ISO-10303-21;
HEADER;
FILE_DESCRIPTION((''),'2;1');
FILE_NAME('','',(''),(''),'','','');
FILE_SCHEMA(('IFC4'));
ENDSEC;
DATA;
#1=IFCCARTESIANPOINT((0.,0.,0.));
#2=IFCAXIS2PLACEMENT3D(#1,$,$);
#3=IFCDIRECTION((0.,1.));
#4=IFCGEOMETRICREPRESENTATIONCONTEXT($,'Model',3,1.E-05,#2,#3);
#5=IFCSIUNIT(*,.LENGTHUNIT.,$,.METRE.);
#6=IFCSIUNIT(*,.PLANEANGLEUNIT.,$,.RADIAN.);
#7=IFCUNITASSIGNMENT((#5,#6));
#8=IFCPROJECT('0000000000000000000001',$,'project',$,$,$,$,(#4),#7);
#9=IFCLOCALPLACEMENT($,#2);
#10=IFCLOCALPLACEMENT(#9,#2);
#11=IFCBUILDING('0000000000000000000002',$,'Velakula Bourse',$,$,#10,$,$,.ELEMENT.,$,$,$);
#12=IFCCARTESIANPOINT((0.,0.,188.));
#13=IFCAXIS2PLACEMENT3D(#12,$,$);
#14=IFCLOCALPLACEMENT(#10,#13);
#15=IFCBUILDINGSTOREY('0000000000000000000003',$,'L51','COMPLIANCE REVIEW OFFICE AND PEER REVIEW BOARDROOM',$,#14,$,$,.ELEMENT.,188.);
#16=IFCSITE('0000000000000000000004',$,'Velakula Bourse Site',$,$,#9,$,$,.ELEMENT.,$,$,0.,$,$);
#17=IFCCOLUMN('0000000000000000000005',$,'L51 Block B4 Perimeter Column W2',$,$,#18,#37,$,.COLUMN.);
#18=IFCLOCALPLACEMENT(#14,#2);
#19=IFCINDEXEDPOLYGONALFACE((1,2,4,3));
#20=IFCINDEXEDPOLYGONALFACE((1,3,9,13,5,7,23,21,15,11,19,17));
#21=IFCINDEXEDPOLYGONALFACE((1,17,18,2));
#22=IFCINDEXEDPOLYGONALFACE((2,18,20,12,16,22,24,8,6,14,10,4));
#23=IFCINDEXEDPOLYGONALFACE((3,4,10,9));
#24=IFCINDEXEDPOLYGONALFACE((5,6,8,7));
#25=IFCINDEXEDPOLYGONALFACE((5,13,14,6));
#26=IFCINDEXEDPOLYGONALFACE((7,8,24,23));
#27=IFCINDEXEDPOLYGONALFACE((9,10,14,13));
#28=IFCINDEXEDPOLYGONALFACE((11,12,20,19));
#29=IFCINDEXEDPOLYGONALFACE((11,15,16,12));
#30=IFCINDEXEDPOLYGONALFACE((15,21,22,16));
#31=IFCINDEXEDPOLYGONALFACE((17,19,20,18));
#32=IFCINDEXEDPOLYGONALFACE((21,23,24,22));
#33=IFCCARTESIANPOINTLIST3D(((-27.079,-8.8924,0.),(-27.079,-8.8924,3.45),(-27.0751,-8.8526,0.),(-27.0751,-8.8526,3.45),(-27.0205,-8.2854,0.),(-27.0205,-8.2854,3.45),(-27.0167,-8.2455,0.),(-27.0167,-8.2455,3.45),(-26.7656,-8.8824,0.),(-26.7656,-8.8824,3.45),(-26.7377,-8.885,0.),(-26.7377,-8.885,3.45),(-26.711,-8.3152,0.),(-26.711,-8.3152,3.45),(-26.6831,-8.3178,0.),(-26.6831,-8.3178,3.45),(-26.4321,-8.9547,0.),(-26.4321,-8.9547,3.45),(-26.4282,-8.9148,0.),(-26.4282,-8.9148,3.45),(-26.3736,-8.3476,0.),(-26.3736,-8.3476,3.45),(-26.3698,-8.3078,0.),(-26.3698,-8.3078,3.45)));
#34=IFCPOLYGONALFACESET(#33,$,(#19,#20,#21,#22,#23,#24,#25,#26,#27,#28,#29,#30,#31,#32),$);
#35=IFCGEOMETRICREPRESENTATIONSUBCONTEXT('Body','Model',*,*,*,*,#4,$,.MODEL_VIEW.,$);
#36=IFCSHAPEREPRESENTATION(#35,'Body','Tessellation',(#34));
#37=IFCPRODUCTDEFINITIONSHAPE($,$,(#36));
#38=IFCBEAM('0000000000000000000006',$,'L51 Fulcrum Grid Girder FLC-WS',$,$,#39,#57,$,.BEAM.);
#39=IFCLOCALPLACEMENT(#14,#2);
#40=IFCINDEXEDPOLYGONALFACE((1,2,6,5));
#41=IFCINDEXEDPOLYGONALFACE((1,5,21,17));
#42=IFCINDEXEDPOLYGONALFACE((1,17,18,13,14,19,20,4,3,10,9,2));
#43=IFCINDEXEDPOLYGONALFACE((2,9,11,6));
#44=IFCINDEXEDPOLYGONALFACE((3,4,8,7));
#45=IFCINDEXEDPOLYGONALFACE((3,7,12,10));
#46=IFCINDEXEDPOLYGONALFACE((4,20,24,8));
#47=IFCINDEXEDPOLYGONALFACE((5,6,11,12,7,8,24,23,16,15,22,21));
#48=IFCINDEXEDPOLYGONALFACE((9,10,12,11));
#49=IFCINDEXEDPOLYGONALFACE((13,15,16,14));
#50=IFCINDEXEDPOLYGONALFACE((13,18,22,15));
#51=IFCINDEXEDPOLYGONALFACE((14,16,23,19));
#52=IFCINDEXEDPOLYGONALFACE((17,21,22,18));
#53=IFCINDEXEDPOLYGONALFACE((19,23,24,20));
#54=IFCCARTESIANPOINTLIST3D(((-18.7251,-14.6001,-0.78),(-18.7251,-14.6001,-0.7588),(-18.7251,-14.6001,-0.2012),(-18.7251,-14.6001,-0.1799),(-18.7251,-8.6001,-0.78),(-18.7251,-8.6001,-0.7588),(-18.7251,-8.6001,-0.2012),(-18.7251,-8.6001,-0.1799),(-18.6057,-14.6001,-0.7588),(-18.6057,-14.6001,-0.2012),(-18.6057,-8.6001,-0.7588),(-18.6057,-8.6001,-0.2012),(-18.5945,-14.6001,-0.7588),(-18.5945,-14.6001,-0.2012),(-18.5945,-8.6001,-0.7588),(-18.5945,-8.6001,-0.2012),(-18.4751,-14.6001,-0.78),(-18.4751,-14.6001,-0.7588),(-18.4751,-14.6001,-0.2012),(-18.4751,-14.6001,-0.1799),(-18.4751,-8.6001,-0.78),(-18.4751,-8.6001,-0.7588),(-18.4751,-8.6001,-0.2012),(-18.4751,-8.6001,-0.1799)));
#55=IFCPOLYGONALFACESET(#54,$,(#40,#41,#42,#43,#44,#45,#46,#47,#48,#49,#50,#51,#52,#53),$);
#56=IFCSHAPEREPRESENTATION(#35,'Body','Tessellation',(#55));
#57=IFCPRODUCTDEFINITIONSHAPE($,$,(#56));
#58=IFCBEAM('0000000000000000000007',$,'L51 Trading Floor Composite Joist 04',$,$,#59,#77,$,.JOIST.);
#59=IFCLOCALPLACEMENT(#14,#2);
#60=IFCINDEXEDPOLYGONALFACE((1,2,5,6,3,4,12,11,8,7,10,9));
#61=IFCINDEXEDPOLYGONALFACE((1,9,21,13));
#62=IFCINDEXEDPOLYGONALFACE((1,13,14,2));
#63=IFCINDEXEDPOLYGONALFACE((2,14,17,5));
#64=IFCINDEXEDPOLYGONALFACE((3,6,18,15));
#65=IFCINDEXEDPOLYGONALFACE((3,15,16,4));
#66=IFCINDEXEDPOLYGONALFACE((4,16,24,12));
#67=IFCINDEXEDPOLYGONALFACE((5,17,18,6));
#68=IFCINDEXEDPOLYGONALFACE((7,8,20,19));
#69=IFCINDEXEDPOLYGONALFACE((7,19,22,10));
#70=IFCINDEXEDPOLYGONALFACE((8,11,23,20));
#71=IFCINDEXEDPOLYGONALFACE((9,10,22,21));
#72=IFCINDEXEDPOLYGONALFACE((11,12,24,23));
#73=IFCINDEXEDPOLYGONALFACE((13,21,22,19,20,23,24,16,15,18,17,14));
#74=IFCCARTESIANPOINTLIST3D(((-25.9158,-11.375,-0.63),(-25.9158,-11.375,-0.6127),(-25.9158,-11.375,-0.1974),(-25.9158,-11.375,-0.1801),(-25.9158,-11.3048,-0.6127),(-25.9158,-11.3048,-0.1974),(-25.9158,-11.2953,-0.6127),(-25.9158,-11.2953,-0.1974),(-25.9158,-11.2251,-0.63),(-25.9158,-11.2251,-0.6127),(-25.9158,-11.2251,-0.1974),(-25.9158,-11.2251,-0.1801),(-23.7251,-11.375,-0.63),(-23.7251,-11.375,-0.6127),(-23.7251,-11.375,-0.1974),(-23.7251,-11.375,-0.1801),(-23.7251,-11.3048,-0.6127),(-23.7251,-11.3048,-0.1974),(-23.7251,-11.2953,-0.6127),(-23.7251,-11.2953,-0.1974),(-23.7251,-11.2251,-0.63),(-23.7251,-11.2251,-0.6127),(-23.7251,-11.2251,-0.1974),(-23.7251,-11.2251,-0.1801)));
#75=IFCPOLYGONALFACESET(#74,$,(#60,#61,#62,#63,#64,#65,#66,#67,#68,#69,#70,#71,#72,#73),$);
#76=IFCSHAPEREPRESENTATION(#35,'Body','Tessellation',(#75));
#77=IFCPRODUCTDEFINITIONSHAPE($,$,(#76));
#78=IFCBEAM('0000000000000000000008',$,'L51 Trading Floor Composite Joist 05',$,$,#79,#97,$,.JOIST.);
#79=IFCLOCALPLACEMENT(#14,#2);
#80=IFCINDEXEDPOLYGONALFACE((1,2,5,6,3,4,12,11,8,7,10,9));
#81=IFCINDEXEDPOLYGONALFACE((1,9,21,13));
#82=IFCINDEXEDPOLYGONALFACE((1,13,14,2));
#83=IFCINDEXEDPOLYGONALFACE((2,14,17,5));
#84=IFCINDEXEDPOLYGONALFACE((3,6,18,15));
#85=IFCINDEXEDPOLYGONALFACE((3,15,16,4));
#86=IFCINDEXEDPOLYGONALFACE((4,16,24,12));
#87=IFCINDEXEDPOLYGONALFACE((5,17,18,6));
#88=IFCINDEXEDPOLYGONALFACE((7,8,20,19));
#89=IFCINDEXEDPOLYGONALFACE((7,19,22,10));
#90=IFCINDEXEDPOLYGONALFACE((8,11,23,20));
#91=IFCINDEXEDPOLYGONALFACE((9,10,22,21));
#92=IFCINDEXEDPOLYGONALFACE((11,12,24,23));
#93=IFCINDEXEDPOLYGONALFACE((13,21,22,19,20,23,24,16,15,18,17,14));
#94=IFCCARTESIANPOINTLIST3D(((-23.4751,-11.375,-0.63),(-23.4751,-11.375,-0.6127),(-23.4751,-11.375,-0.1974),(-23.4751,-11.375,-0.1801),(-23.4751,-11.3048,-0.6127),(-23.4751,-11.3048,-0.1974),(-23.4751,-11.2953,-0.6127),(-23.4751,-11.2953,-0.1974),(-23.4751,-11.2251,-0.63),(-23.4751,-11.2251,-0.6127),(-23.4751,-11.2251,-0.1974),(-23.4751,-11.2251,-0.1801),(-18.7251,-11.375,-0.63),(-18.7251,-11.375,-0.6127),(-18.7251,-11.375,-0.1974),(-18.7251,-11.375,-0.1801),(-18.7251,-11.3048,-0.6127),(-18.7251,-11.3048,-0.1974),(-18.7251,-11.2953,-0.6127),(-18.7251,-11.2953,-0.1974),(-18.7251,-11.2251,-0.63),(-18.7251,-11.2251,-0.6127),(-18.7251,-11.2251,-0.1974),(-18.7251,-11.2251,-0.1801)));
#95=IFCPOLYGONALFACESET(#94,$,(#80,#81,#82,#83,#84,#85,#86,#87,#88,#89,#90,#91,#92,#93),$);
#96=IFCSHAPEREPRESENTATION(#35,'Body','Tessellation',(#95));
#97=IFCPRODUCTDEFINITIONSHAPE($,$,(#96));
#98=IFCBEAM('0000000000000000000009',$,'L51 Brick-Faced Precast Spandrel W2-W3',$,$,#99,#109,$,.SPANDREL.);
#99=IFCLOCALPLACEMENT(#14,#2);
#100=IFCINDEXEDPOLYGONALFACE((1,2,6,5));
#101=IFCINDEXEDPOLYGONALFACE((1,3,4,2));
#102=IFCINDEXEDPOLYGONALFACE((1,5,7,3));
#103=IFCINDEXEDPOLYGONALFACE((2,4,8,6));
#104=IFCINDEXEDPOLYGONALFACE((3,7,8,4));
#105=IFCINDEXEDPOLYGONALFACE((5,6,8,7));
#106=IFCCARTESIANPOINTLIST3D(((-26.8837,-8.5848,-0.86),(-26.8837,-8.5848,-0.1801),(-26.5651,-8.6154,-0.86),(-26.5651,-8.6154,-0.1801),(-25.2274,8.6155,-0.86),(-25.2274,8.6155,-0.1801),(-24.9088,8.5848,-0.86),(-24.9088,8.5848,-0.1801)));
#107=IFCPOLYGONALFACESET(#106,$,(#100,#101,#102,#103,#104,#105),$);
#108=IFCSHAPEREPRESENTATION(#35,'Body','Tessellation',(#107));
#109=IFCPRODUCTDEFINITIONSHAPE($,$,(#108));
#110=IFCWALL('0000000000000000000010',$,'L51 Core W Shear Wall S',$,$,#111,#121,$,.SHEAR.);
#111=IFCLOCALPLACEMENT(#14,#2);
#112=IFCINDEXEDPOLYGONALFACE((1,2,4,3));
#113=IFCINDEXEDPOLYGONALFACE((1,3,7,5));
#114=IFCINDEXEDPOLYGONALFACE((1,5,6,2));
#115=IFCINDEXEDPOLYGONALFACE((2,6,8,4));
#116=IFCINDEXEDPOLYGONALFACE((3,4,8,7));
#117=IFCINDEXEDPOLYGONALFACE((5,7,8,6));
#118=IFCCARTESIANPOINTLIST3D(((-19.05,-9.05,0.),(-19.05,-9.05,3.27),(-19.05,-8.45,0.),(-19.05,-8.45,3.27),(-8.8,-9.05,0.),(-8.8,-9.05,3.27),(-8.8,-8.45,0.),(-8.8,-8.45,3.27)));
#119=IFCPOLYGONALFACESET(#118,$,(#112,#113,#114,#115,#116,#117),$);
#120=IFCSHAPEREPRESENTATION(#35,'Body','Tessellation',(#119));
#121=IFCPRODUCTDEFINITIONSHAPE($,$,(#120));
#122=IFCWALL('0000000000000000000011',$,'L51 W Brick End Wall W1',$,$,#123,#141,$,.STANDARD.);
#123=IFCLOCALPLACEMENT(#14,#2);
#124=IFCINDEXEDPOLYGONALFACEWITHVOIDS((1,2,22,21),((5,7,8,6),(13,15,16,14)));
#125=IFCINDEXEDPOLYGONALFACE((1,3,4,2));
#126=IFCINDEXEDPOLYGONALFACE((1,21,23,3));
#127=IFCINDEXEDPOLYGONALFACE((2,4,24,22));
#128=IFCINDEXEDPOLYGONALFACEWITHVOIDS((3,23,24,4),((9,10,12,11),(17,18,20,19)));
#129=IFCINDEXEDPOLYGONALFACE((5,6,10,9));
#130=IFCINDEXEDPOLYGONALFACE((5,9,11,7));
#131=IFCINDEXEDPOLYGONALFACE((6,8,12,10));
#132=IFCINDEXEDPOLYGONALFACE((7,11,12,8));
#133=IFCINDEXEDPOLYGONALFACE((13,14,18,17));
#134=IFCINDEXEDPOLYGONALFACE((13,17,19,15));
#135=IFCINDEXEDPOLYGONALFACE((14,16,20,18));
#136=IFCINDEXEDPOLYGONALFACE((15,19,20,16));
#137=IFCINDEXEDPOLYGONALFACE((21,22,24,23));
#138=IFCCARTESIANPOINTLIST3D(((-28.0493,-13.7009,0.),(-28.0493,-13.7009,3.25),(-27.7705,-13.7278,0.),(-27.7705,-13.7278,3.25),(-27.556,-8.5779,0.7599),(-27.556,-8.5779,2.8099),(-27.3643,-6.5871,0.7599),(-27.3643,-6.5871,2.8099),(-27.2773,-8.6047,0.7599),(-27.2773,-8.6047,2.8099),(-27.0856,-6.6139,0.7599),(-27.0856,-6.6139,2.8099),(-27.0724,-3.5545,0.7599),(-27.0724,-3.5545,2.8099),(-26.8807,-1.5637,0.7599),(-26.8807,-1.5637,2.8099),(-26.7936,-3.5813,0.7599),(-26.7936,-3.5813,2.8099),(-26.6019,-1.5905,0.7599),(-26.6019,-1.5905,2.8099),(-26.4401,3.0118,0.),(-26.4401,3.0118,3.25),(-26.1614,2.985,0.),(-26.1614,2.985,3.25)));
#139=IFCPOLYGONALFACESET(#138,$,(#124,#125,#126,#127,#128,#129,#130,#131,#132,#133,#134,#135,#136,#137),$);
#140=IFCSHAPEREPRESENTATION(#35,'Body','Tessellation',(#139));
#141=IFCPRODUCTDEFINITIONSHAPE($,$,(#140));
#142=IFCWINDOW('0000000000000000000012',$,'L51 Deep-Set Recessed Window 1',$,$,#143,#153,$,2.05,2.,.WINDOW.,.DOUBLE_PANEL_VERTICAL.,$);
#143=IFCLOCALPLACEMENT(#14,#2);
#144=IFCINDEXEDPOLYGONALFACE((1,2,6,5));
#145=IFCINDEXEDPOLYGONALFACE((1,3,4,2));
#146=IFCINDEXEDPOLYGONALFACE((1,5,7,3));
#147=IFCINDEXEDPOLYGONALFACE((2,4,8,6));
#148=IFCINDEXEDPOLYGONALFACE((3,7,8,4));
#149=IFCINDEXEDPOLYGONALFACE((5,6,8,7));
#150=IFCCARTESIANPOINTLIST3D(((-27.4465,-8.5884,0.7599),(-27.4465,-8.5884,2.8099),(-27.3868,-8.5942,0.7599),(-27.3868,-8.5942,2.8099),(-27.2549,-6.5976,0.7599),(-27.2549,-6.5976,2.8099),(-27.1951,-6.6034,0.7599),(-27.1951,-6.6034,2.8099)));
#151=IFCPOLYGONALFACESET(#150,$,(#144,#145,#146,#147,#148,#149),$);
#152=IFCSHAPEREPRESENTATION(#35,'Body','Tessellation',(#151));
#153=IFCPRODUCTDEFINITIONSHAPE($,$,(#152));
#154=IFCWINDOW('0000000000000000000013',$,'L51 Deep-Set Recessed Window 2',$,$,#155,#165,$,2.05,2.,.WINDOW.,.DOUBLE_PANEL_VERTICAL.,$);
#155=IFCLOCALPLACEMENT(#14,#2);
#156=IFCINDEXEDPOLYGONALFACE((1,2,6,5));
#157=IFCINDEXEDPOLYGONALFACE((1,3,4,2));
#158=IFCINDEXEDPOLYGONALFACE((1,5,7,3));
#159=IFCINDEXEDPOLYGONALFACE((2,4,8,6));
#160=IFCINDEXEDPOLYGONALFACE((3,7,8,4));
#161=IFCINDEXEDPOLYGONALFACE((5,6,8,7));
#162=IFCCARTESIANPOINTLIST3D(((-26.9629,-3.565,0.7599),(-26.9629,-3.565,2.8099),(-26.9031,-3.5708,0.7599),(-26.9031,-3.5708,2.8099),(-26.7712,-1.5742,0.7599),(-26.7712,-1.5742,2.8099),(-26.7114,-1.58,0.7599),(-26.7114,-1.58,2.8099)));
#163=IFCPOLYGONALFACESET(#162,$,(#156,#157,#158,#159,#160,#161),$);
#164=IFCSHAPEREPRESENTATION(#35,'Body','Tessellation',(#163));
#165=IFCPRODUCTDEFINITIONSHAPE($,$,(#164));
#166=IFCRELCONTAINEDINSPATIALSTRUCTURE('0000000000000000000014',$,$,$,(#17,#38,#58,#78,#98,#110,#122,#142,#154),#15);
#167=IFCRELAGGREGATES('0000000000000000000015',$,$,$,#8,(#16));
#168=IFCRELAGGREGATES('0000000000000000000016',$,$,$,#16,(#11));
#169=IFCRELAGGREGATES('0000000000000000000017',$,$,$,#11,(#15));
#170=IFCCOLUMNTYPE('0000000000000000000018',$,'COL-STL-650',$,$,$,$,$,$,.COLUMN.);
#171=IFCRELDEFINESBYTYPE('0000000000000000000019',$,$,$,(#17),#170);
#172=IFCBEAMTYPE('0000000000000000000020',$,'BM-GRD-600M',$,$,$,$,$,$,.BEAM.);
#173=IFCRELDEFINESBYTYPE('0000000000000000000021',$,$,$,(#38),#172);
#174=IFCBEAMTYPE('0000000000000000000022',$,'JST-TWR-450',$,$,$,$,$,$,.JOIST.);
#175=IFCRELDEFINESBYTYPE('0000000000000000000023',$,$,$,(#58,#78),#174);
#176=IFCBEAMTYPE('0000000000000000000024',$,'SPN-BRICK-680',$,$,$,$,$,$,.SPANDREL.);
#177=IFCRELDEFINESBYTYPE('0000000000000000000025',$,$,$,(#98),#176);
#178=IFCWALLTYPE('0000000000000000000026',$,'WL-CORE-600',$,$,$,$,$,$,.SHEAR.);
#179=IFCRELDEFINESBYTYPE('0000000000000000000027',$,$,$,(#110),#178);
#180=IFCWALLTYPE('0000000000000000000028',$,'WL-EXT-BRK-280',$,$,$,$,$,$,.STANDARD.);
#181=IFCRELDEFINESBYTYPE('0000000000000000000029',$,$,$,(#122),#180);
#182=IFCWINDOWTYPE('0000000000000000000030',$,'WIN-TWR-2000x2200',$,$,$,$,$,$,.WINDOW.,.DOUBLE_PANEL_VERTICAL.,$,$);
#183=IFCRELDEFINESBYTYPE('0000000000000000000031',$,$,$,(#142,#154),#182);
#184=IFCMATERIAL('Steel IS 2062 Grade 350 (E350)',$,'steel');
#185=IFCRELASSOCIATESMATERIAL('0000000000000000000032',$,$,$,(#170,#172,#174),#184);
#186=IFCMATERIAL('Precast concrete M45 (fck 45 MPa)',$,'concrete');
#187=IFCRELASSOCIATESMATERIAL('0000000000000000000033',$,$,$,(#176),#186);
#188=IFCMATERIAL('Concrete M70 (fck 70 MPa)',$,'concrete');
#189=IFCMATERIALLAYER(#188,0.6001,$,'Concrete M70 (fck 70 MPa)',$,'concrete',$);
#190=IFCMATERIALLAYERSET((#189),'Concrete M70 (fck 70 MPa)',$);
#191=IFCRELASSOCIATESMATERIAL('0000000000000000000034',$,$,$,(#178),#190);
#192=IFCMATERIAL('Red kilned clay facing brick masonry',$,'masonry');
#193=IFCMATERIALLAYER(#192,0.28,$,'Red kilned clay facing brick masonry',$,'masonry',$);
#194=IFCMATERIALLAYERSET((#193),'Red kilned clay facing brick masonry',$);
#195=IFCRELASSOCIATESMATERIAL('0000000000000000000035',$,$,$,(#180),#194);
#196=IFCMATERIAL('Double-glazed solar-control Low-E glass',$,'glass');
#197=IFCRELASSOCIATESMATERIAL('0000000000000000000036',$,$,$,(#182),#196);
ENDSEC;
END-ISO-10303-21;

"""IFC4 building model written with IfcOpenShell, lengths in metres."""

from ifc_helpers import new_model, si_unit, direction, frame, frame_2d, origin, origin_2d, place, context, subcontext, project, spatial, rectangle, i_section, extrude, material, layer, layer_set, material_profile, profile_set, type_object, element, fill, save


model = new_model("IFC4")

# Units and contexts
model_context = context("Model", 3, precision=1e-05, world=origin(), true_north=direction((0.0, 1.0)))
body_context = subcontext(model_context, "Body", "Model", "MODEL_VIEW")
ifc_project = project(units=[si_unit("LENGTHUNIT", "METRE"), si_unit("PLANEANGLEUNIT", "RADIAN")], contexts=[model_context])

# Site, building, storey
site_placement = place(None, origin())
site = spatial("IfcSite", under=ifc_project, at=site_placement, Name="Velakula Bourse Site", CompositionType="ELEMENT", RefElevation=0.0)
building_placement = place(site_placement, origin())
building = spatial("IfcBuilding", under=site, at=building_placement, Name="Velakula Bourse", CompositionType="ELEMENT")
storey_placement = place(building_placement, frame((0.0, 0.0, 188.0)))
storey = spatial("IfcBuildingStorey", under=building, at=storey_placement, Name="L51", Description="COMPLIANCE REVIEW OFFICE AND PEER REVIEW BOARDROOM", CompositionType="ELEMENT", Elevation=188.0)

# Column
ifc_material_1 = material(Name="Steel IS 2062 Grade 350 (E350)", Category="steel")
ifc_material_profile_1 = material_profile(ifc_material_1, i_section(OverallWidth=0.6499, OverallDepth=0.6499, WebThickness=0.0281, FlangeThickness=0.04, at=origin_2d()), Name="Steel IS 2062 Grade 350 (E350)")
ifc_profile_set_1 = profile_set([ifc_material_profile_1], Name="Steel IS 2062 Grade 350 (E350)")
column_type = type_object("IfcColumnType", Name="COL-STL-650", PredefinedType="COLUMN", material=ifc_profile_set_1)
column_placement = place(storey_placement, frame((-26.7244, -8.6001, 0.0), z_axis=(0.0, 0.0, 1.0), x_axis=(0.995396, -0.095846, 0.0)))
element("IfcColumn", 1, at=column_placement, inside=storey, type_object=column_type, Name="L51 Block B4 Perimeter Column W2", PredefinedType="COLUMN", context=body_context, shape_type="SweptSolid", body=[
    extrude(i_section(OverallWidth=0.6499, OverallDepth=0.6499, WebThickness=0.0281, FlangeThickness=0.04, at=origin_2d()), origin(), (0.0, 0.0, 1.0), 3.45),
])

# Beams
ifc_material_profile_2 = material_profile(ifc_material_1, i_section(OverallWidth=0.25, OverallDepth=0.6001, WebThickness=0.0112, FlangeThickness=0.0212, at=origin_2d()), Name="Steel IS 2062 Grade 350 (E350)")
ifc_profile_set_2 = profile_set([ifc_material_profile_2], Name="Steel IS 2062 Grade 350 (E350)")
beam_type_1 = type_object("IfcBeamType", Name="BM-GRD-600M", PredefinedType="BEAM", material=ifc_profile_set_2)
beam_1_placement = place(storey_placement, frame((-18.6001, -14.6001, -0.48), z_axis=(0.0, 1.0, 0.0), x_axis=(-1.0, 0.0, 0.0)))
element("IfcBeam", 2, at=beam_1_placement, inside=storey, type_object=beam_type_1, Name="L51 Fulcrum Grid Girder FLC-WS", PredefinedType="BEAM", context=body_context, shape_type="SweptSolid", body=[
    extrude(i_section(OverallWidth=0.25, OverallDepth=0.6001, WebThickness=0.0112, FlangeThickness=0.0212, at=origin_2d()), origin(), (0.0, 0.0, 1.0), 6.0),
])
ifc_material_profile_3 = material_profile(ifc_material_1, i_section(OverallWidth=0.1499, OverallDepth=0.45, WebThickness=0.0095, FlangeThickness=0.0173, at=origin_2d()), Name="Steel IS 2062 Grade 350 (E350)")
ifc_profile_set_3 = profile_set([ifc_material_profile_3], Name="Steel IS 2062 Grade 350 (E350)")
beam_type_2 = type_object("IfcBeamType", Name="JST-TWR-450", PredefinedType="JOIST", material=ifc_profile_set_3)
beam_2_placement = place(storey_placement, frame((-25.9158, -11.3, -0.405), z_axis=(1.0, 0.0, 0.0), x_axis=(0.0, 1.0, 0.0)))
element("IfcBeam", 3, at=beam_2_placement, inside=storey, type_object=beam_type_2, Name="L51 Trading Floor Composite Joist 04", PredefinedType="JOIST", context=body_context, shape_type="SweptSolid", body=[
    extrude(i_section(OverallWidth=0.1499, OverallDepth=0.45, WebThickness=0.0095, FlangeThickness=0.0173, at=origin_2d()), origin(), (0.0, 0.0, 1.0), 2.1907),
])
beam_3_placement = place(storey_placement, frame((-23.4751, -11.3, -0.405), z_axis=(1.0, 0.0, 0.0), x_axis=(0.0, 1.0, 0.0)))
element("IfcBeam", 4, at=beam_3_placement, inside=storey, type_object=beam_type_2, Name="L51 Trading Floor Composite Joist 05", PredefinedType="JOIST", context=body_context, shape_type="SweptSolid", body=[
    extrude(i_section(OverallWidth=0.1499, OverallDepth=0.45, WebThickness=0.0095, FlangeThickness=0.0173, at=origin_2d()), origin(), (0.0, 0.0, 1.0), 4.75),
])
ifc_material_2 = material(Name="Precast concrete M45 (fck 45 MPa)", Category="concrete")
ifc_material_profile_4 = material_profile(ifc_material_2, rectangle(XDim=0.3201, YDim=0.6799, at=origin_2d()), Name="Precast concrete M45 (fck 45 MPa)")
ifc_profile_set_4 = profile_set([ifc_material_profile_4], Name="Precast concrete M45 (fck 45 MPa)")
beam_type_3 = type_object("IfcBeamType", Name="SPN-BRICK-680", PredefinedType="SPANDREL", material=ifc_profile_set_4)
beam_4_placement = place(storey_placement, frame((-26.7244, -8.6001, -0.52), z_axis=(0.095849, 0.995396, 0.0), x_axis=(-0.995396, 0.095849, 0.0)))
element("IfcBeam", 5, at=beam_4_placement, inside=storey, type_object=beam_type_3, Name="L51 Brick-Faced Precast Spandrel W2-W3", PredefinedType="SPANDREL", context=body_context, shape_type="SweptSolid", body=[
    extrude(rectangle(XDim=0.3201, YDim=0.6799, at=origin_2d()), origin(), (0.0, 0.0, 1.0), 17.2798),
])

# Wall
ifc_material_3 = material(Name="Concrete M70 (fck 70 MPa)", Category="concrete")
ifc_layer_1 = layer(ifc_material_3, 0.6001, Name="Concrete M70 (fck 70 MPa)", Category="concrete")
ifc_layer_set_1 = layer_set([ifc_layer_1], Name="Concrete M70 (fck 70 MPa)")
wall_type_1 = type_object("IfcWallType", Name="WL-CORE-600", PredefinedType="SHEAR", material=ifc_layer_set_1)
wall_1_placement = place(storey_placement, frame((-19.05, -8.75, 0.0), z_axis=(0.0, 0.0, 1.0), x_axis=(1.0, 0.0, 0.0)))
element("IfcWall", 6, at=wall_1_placement, inside=storey, type_object=wall_type_1, Name="L51 Core W Shear Wall S", PredefinedType="SHEAR", context=body_context, shape_type="SweptSolid", body=[
    extrude(rectangle(XDim=10.25, YDim=0.6001, at=frame_2d((5.125, 0.0))), origin(), (0.0, 0.0, 1.0), 3.27),
])

# Wall, openings, windows
ifc_material_4 = material(Name="Red kilned clay facing brick masonry", Category="masonry")
ifc_layer_2 = layer(ifc_material_4, 0.28, Name="Red kilned clay facing brick masonry", Category="masonry")
ifc_layer_set_2 = layer_set([ifc_layer_2], Name="Red kilned clay facing brick masonry")
wall_type_2 = type_object("IfcWallType", Name="WL-EXT-BRK-280", PredefinedType="STANDARD", material=ifc_layer_set_2)
wall_2_placement = place(storey_placement, frame((-27.9099, -13.7144, 0.0), z_axis=(0.0, 0.0, 1.0), x_axis=(0.095839, 0.995397, 0.0)))
wall_2 = element("IfcWall", 7, at=wall_2_placement, inside=storey, type_object=wall_type_2, Name="L51 W Brick End Wall W1", PredefinedType="STANDARD", context=body_context, shape_type="SweptSolid", body=[
    extrude(rectangle(XDim=16.79, YDim=0.28, at=frame_2d((8.395, 0.0))), origin(), (0.0, 0.0, 1.0), 3.25),
])
opening_1_placement = place(wall_2_placement, frame((5.1467, 0.0, 0.76)))
opening_1 = element("IfcOpeningElement", 8, at=opening_1_placement, cuts=wall_2, PredefinedType="OPENING", context=body_context, shape_type="SweptSolid", body=[
    extrude(rectangle(XDim=2.0, YDim=2.05, at=frame_2d((1.0, 1.0249))), frame((0.0, 0.1499, 0.0), z_axis=(0.0, -1.0, 0.0), x_axis=(1.0, 0.0, 0.0)), (0.0, 0.0, 1.0), 0.3),
])
opening_2_placement = place(wall_2_placement, frame((10.1934, 0.0, 0.76)))
opening_2 = element("IfcOpeningElement", 9, at=opening_2_placement, cuts=wall_2, PredefinedType="OPENING", context=body_context, shape_type="SweptSolid", body=[
    extrude(rectangle(XDim=2.0, YDim=2.05, at=frame_2d((1.0, 1.0249))), frame((0.0, 0.1499, 0.0), z_axis=(0.0, -1.0, 0.0), x_axis=(1.0, 0.0, 0.0)), (0.0, 0.0, 1.0), 0.3),
])
ifc_material_5 = material(Name="Double-glazed solar-control Low-E glass", Category="glass")
window_type = type_object("IfcWindowType", Name="WIN-TWR-2000x2200", PartitioningType="DOUBLE_PANEL_VERTICAL", PredefinedType="WINDOW", material=ifc_material_5)
window_1_placement = place(opening_1_placement, origin())
window_1 = element("IfcWindow", 10, at=window_1_placement, inside=storey, type_object=window_type, Name="L51 Deep-Set Recessed Window 1", OverallHeight=2.05, OverallWidth=2.0, PartitioningType="DOUBLE_PANEL_VERTICAL", PredefinedType="WINDOW", context=body_context, shape_type="SweptSolid", body=[
    extrude(rectangle(XDim=2.0, YDim=2.05, at=frame_2d((1.0, 1.0249))), frame((0.0, 0.03, 0.0), z_axis=(0.0, -1.0, 0.0), x_axis=(1.0, 0.0, 0.0)), (0.0, 0.0, 1.0), 0.0601),
])
fill(opening_1, window_1)
window_2_placement = place(opening_2_placement, origin())
window_2 = element("IfcWindow", 11, at=window_2_placement, inside=storey, type_object=window_type, Name="L51 Deep-Set Recessed Window 2", OverallHeight=2.05, OverallWidth=2.0, PartitioningType="DOUBLE_PANEL_VERTICAL", PredefinedType="WINDOW", context=body_context, shape_type="SweptSolid", body=[
    extrude(rectangle(XDim=2.0, YDim=2.05, at=frame_2d((1.0, 1.0249))), frame((0.0, 0.03, 0.0), z_axis=(0.0, -1.0, 0.0), x_axis=(1.0, 0.0, 0.0)), (0.0, 0.0, 1.0), 0.0601),
])
fill(opening_2, window_2)

save(model, "model.ifc")
